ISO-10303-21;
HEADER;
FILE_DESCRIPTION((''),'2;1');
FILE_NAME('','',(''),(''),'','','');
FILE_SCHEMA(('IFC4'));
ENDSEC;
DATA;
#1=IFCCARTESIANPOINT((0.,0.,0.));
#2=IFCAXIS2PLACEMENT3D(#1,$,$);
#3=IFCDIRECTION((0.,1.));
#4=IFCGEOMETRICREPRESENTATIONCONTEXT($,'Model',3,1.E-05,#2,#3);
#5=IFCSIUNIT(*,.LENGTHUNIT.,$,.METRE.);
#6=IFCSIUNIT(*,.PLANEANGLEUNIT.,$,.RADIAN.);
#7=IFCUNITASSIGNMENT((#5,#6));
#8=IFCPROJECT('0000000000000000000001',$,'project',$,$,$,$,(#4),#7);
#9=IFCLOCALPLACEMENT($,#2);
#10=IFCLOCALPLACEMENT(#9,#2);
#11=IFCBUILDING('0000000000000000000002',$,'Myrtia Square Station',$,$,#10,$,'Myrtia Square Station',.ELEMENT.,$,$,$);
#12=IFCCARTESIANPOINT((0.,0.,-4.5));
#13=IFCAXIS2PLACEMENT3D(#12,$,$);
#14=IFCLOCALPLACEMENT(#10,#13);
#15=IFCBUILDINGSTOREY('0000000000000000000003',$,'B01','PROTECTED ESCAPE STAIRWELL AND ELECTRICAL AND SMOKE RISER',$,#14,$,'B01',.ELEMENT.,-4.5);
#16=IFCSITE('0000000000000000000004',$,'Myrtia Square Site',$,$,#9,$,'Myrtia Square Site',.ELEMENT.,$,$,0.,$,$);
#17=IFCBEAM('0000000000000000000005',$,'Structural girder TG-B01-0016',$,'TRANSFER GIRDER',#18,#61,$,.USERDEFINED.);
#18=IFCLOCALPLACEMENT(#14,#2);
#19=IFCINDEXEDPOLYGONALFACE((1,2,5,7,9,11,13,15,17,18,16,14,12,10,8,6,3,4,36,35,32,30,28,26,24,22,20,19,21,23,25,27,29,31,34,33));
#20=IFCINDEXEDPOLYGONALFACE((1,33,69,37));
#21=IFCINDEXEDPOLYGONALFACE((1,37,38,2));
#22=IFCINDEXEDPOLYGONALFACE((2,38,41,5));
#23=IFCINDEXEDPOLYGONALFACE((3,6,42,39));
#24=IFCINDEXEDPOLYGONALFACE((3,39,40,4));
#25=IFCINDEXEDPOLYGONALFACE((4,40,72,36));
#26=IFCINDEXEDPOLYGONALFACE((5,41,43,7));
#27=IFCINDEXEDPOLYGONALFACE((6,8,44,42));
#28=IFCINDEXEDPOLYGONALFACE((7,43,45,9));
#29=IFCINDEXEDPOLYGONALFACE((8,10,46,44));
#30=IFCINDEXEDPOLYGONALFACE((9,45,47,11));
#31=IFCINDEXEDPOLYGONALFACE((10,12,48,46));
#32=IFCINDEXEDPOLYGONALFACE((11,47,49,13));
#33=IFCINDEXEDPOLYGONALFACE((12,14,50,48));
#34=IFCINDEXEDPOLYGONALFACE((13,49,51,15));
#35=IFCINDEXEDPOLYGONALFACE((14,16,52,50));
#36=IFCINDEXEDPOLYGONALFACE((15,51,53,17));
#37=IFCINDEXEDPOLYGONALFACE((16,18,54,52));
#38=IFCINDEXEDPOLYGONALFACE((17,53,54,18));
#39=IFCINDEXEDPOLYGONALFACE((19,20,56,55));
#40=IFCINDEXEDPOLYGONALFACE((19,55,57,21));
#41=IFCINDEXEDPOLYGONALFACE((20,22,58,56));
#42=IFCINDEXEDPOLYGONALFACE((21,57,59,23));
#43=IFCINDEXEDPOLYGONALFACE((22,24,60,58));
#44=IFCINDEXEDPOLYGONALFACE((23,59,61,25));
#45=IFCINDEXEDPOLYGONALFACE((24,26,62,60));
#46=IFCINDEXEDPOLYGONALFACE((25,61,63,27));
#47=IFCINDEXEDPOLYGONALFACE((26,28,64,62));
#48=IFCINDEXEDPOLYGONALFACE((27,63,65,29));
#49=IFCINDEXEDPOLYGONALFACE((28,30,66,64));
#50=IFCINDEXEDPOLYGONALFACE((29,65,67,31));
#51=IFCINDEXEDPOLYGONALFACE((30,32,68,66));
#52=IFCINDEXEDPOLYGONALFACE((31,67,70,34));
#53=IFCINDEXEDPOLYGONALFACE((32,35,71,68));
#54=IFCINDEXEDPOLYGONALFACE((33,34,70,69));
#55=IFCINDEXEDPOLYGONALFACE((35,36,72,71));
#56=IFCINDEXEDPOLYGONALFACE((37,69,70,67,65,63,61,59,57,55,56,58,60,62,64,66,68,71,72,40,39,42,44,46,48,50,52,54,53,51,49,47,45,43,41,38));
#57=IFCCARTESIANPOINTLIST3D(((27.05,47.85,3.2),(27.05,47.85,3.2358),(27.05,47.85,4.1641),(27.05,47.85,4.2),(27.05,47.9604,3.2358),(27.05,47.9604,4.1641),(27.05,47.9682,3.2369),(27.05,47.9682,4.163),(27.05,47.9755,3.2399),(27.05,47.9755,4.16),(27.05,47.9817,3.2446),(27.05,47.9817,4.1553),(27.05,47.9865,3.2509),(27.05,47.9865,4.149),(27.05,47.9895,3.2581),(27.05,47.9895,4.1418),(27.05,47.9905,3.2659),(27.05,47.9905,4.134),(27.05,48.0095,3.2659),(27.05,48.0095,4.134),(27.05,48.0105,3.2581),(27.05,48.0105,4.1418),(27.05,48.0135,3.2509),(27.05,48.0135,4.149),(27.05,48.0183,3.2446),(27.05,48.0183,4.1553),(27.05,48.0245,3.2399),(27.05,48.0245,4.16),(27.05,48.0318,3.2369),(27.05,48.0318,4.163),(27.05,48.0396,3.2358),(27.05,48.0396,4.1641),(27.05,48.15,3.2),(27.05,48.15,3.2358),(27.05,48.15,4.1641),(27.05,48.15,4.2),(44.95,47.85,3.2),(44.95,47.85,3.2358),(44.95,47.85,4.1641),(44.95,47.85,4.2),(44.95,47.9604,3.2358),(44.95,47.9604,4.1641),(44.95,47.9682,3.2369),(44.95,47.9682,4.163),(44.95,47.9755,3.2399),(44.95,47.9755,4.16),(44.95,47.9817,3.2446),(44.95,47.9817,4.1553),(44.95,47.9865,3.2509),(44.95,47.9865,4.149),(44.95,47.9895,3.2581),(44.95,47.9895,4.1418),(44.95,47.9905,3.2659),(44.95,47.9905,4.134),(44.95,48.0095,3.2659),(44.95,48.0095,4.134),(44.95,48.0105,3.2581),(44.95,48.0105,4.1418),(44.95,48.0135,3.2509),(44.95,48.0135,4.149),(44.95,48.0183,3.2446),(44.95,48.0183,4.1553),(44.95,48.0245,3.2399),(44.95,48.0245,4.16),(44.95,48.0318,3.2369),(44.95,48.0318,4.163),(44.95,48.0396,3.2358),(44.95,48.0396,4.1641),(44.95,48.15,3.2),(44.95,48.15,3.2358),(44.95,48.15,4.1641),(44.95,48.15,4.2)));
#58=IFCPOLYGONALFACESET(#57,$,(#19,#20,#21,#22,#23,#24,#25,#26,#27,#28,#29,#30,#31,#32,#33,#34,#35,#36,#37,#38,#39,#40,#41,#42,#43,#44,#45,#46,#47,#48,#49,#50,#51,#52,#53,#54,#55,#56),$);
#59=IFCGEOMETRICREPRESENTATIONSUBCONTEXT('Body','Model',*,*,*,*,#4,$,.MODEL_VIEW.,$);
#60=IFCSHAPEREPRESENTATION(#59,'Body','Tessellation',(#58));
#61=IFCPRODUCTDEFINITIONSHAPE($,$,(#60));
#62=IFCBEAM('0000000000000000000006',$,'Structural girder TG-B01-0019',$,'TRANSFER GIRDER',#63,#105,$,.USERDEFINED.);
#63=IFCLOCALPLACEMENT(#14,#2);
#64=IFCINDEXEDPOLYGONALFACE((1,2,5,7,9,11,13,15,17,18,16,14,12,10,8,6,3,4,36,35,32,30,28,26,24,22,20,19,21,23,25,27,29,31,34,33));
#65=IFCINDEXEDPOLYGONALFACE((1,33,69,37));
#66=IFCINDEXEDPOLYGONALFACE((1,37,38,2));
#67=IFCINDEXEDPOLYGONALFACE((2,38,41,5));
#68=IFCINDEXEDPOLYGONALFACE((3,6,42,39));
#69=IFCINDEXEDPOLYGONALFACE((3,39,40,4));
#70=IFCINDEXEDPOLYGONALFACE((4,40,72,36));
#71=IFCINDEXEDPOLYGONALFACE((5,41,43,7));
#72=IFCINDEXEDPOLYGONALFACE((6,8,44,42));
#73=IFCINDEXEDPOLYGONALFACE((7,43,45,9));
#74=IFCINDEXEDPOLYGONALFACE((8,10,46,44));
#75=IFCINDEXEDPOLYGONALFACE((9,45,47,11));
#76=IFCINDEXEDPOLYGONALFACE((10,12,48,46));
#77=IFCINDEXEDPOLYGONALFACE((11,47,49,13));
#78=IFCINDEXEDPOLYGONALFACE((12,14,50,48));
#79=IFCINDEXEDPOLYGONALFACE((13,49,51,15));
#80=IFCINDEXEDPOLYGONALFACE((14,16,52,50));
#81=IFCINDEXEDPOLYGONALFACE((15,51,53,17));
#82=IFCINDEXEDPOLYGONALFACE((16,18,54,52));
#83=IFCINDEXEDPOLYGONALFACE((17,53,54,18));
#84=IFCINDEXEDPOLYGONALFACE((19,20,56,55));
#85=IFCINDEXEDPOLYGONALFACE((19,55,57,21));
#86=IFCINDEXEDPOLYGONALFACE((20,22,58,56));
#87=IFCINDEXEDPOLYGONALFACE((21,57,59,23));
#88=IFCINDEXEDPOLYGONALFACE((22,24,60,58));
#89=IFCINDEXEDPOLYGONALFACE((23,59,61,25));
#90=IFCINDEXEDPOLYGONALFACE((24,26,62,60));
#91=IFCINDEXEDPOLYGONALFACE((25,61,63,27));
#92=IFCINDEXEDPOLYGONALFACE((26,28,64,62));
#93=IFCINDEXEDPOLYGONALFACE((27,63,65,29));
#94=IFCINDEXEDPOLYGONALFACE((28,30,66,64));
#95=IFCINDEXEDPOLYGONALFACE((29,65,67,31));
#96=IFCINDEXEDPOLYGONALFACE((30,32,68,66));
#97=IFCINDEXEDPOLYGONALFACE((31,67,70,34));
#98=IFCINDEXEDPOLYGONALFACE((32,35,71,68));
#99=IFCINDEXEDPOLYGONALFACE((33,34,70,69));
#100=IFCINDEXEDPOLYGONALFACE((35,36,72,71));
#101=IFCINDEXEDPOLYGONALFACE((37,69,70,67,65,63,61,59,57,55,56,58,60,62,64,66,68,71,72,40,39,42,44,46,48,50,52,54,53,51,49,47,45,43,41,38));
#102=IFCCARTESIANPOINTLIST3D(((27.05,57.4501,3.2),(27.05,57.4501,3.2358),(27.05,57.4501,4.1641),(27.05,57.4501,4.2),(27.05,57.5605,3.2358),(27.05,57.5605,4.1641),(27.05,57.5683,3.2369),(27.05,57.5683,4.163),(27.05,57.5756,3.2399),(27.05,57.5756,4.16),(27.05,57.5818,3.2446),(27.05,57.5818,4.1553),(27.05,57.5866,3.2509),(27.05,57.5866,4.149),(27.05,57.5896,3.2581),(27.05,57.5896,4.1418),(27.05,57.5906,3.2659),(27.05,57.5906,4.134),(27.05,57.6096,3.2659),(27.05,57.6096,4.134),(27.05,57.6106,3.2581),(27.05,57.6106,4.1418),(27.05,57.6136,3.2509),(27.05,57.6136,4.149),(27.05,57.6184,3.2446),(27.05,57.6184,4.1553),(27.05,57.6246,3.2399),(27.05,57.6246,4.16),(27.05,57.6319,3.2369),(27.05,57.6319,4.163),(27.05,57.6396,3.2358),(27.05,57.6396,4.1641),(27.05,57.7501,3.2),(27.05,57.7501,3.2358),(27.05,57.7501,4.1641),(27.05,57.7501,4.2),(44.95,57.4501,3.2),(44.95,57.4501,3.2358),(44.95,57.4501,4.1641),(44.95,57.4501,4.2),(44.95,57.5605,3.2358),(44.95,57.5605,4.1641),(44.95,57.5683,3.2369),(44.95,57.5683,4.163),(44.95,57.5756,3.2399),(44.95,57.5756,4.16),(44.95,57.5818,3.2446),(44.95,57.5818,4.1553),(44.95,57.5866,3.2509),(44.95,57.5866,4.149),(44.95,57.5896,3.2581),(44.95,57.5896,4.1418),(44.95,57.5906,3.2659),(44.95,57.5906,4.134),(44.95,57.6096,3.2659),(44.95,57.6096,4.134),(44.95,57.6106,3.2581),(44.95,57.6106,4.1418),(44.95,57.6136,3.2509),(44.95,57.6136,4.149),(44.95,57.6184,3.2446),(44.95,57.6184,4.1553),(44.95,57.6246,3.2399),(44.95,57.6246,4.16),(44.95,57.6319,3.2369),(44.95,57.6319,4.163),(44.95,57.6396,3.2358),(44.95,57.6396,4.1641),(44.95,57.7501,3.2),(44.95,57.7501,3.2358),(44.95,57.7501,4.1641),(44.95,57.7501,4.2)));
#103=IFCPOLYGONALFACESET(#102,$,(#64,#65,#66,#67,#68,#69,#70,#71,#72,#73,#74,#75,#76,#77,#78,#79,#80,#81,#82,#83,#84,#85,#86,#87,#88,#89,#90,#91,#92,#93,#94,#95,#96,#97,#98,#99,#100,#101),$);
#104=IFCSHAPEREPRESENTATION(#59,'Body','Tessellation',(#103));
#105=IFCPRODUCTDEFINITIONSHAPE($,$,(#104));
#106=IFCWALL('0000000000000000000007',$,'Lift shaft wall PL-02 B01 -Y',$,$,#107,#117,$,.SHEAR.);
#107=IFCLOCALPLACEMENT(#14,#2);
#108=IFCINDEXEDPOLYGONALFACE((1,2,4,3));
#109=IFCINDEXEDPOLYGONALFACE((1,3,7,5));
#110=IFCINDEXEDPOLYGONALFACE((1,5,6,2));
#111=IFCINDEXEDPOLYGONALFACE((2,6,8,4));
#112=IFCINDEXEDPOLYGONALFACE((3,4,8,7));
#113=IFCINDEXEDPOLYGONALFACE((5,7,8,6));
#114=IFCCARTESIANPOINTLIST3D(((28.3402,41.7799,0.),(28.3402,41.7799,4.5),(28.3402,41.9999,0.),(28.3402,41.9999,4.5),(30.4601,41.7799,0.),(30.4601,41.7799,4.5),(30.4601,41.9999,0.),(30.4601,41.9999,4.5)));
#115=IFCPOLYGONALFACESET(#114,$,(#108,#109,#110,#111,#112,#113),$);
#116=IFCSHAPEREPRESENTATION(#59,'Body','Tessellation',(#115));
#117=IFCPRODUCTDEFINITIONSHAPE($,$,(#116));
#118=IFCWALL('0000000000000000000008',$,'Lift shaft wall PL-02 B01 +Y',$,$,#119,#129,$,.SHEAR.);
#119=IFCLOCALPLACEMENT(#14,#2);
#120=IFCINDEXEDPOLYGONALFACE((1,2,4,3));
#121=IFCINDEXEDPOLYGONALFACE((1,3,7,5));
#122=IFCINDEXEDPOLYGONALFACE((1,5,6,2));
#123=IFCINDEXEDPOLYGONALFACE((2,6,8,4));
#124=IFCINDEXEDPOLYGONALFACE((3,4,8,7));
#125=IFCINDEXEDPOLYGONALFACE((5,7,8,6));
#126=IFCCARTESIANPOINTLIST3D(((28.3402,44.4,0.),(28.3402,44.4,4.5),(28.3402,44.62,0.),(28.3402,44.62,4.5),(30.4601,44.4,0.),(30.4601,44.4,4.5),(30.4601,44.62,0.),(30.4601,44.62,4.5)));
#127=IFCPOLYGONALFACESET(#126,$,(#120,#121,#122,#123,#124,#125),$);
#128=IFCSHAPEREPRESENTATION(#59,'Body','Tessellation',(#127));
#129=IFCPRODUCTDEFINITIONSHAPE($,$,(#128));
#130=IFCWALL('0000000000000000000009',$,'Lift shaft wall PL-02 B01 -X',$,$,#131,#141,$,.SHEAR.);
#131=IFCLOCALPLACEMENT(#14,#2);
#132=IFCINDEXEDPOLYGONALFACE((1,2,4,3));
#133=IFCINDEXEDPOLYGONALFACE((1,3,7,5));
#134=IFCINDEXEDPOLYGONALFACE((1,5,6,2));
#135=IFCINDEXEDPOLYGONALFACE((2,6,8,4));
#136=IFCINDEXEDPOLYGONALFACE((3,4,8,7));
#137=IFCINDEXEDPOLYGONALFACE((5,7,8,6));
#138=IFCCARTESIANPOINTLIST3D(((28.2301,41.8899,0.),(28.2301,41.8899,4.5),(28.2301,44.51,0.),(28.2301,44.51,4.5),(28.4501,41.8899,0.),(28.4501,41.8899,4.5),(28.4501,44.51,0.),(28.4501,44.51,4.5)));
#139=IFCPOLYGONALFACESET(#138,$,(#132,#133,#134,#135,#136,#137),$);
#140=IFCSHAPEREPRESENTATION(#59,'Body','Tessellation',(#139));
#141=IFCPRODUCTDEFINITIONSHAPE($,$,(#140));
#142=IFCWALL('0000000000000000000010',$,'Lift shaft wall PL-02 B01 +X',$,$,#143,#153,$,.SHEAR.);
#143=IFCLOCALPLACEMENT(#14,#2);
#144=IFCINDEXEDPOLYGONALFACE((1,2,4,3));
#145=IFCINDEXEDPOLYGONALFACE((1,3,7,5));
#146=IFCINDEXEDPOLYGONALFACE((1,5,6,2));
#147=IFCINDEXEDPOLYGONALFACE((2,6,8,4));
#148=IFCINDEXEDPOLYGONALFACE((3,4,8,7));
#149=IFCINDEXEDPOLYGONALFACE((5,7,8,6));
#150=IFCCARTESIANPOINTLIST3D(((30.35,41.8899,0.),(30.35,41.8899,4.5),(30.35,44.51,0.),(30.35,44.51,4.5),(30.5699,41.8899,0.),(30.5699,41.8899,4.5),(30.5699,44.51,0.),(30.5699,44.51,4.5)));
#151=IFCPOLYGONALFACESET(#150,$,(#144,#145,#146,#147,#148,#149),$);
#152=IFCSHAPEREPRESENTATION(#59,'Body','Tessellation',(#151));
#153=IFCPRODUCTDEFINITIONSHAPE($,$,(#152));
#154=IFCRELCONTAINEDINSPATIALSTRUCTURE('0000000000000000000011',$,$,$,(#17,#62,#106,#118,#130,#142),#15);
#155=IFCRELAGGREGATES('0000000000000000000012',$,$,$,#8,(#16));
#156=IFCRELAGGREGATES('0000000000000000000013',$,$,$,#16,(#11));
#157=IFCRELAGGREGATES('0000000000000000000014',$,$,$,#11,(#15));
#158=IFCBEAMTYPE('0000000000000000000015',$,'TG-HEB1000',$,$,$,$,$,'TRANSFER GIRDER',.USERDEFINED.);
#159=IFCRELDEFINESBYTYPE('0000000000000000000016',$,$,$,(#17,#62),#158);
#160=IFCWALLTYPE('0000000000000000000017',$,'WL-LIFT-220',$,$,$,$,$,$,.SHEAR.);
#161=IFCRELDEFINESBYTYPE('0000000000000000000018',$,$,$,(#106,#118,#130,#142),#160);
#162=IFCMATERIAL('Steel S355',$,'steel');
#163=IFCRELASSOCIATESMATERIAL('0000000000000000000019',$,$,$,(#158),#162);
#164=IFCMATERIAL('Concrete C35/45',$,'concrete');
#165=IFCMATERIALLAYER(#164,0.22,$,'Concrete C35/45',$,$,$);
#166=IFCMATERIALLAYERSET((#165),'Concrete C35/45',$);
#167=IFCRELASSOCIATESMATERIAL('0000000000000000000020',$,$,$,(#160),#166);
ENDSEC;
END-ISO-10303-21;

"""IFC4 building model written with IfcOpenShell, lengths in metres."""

from ifc_helpers import new_model, si_unit, direction, frame, frame_2d, origin, origin_2d, place, context, subcontext, project, spatial, rectangle, i_section, extrude, material, layer, layer_set, material_profile, profile_set, type_object, element, save


model = new_model("IFC4")

# Units and contexts
model_context = context("Model", 3, precision=1e-05, world=origin(), true_north=direction((0.0, 1.0)))
body_context = subcontext(model_context, "Body", "Model", "MODEL_VIEW")
ifc_project = project(units=[si_unit("LENGTHUNIT", "METRE"), si_unit("PLANEANGLEUNIT", "RADIAN")], contexts=[model_context])

# Site, building, storey
site_placement = place(None, origin())
site = spatial("IfcSite", under=ifc_project, at=site_placement, Name="Myrtia Square Site", LongName="Myrtia Square Site", CompositionType="ELEMENT", RefElevation=0.0)
building_placement = place(site_placement, origin())
building = spatial("IfcBuilding", under=site, at=building_placement, Name="Myrtia Square Station", LongName="Myrtia Square Station", CompositionType="ELEMENT")
storey_placement = place(building_placement, frame((0.0, 0.0, -4.5)))
storey = spatial("IfcBuildingStorey", under=building, at=storey_placement, Name="B01", Description="PROTECTED ESCAPE STAIRWELL AND ELECTRICAL AND SMOKE RISER", LongName="B01", CompositionType="ELEMENT", Elevation=-4.5)

# Shared definitions
ifc_material_1 = material(Name="Concrete C35/45", Category="concrete")

# Shared definitions
ifc_material_2 = material(Name="Steel S355", Category="steel")

# Beams
ifc_material_profile_1 = material_profile(ifc_material_2, i_section(OverallWidth=0.3, OverallDepth=1.0, WebThickness=0.019, FlangeThickness=0.0359, FilletRadius=0.03, at=origin_2d()), Name="HEB 1000")
ifc_profile_set_1 = profile_set([ifc_material_profile_1], Name="Steel S355")
beam_type_1 = type_object("IfcBeamType", Name="TG-HEB1000", ElementType="TRANSFER GIRDER", PredefinedType="USERDEFINED", material=ifc_profile_set_1)
for number, where, z_axis, x_axis, name in (
    (1, (27.05, 48.0, 3.7), (1.0, 0.0, 0.0), (0.0, 1.0, 0.0), "Structural girder TG-B01-0016"),
    (2, (27.05, 57.6001, 3.7), (1.0, 0.0, 0.0), (0.0, 1.0, 0.0), "Structural girder TG-B01-0019"),
):
    element("IfcBeam", number, at=place(storey_placement, frame(where, z_axis=z_axis, x_axis=x_axis)), inside=storey, type_object=beam_type_1, Name=name, ObjectType="TRANSFER GIRDER", PredefinedType="USERDEFINED", context=body_context, shape_type="SweptSolid", body=[
        extrude(i_section(OverallWidth=0.3, OverallDepth=1.0, WebThickness=0.019, FlangeThickness=0.0359, FilletRadius=0.03, at=origin_2d()), origin(), (0.0, 0.0, 1.0), 17.8999),
    ])

# Walls
ifc_layer = layer(ifc_material_1, 0.22, Name="Concrete C35/45")
ifc_layer_set = layer_set([ifc_layer], Name="Concrete C35/45")
wall_type = type_object("IfcWallType", Name="WL-LIFT-220", PredefinedType="SHEAR", material=ifc_layer_set)
for number, where, z_axis, x_axis, name in (
    (3, (28.3401, 41.8899, 0.0), (0.0, 0.0, 1.0), (1.0, 0.0, 0.0), "Lift shaft wall PL-02 B01 -Y"),
    (4, (28.3401, 44.51, 0.0), (0.0, 0.0, 1.0), (1.0, 0.0, 0.0), "Lift shaft wall PL-02 B01 +Y"),
):
    element("IfcWall", number, at=place(storey_placement, frame(where, z_axis=z_axis, x_axis=x_axis)), inside=storey, type_object=wall_type, Name=name, PredefinedType="SHEAR", context=body_context, shape_type="SweptSolid", body=[
        extrude(rectangle(XDim=2.1199, YDim=0.22, at=frame_2d((1.0601, 0.0))), origin(), (0.0, 0.0, 1.0), 4.5),
    ])
for number, where, z_axis, x_axis, name in (
    (5, (28.3401, 41.8899, 0.0), (0.0, 0.0, 1.0), (0.0, 1.0, 0.0), "Lift shaft wall PL-02 B01 -X"),
    (6, (30.46, 41.8899, 0.0), (0.0, 0.0, 1.0), (0.0, 1.0, 0.0), "Lift shaft wall PL-02 B01 +X"),
):
    element("IfcWall", number, at=place(storey_placement, frame(where, z_axis=z_axis, x_axis=x_axis)), inside=storey, type_object=wall_type, Name=name, PredefinedType="SHEAR", context=body_context, shape_type="SweptSolid", body=[
        extrude(rectangle(XDim=2.6201, YDim=0.22, at=frame_2d((1.3101, 0.0))), origin(), (0.0, 0.0, 1.0), 4.5),
    ])

save(model, "model.ifc")
